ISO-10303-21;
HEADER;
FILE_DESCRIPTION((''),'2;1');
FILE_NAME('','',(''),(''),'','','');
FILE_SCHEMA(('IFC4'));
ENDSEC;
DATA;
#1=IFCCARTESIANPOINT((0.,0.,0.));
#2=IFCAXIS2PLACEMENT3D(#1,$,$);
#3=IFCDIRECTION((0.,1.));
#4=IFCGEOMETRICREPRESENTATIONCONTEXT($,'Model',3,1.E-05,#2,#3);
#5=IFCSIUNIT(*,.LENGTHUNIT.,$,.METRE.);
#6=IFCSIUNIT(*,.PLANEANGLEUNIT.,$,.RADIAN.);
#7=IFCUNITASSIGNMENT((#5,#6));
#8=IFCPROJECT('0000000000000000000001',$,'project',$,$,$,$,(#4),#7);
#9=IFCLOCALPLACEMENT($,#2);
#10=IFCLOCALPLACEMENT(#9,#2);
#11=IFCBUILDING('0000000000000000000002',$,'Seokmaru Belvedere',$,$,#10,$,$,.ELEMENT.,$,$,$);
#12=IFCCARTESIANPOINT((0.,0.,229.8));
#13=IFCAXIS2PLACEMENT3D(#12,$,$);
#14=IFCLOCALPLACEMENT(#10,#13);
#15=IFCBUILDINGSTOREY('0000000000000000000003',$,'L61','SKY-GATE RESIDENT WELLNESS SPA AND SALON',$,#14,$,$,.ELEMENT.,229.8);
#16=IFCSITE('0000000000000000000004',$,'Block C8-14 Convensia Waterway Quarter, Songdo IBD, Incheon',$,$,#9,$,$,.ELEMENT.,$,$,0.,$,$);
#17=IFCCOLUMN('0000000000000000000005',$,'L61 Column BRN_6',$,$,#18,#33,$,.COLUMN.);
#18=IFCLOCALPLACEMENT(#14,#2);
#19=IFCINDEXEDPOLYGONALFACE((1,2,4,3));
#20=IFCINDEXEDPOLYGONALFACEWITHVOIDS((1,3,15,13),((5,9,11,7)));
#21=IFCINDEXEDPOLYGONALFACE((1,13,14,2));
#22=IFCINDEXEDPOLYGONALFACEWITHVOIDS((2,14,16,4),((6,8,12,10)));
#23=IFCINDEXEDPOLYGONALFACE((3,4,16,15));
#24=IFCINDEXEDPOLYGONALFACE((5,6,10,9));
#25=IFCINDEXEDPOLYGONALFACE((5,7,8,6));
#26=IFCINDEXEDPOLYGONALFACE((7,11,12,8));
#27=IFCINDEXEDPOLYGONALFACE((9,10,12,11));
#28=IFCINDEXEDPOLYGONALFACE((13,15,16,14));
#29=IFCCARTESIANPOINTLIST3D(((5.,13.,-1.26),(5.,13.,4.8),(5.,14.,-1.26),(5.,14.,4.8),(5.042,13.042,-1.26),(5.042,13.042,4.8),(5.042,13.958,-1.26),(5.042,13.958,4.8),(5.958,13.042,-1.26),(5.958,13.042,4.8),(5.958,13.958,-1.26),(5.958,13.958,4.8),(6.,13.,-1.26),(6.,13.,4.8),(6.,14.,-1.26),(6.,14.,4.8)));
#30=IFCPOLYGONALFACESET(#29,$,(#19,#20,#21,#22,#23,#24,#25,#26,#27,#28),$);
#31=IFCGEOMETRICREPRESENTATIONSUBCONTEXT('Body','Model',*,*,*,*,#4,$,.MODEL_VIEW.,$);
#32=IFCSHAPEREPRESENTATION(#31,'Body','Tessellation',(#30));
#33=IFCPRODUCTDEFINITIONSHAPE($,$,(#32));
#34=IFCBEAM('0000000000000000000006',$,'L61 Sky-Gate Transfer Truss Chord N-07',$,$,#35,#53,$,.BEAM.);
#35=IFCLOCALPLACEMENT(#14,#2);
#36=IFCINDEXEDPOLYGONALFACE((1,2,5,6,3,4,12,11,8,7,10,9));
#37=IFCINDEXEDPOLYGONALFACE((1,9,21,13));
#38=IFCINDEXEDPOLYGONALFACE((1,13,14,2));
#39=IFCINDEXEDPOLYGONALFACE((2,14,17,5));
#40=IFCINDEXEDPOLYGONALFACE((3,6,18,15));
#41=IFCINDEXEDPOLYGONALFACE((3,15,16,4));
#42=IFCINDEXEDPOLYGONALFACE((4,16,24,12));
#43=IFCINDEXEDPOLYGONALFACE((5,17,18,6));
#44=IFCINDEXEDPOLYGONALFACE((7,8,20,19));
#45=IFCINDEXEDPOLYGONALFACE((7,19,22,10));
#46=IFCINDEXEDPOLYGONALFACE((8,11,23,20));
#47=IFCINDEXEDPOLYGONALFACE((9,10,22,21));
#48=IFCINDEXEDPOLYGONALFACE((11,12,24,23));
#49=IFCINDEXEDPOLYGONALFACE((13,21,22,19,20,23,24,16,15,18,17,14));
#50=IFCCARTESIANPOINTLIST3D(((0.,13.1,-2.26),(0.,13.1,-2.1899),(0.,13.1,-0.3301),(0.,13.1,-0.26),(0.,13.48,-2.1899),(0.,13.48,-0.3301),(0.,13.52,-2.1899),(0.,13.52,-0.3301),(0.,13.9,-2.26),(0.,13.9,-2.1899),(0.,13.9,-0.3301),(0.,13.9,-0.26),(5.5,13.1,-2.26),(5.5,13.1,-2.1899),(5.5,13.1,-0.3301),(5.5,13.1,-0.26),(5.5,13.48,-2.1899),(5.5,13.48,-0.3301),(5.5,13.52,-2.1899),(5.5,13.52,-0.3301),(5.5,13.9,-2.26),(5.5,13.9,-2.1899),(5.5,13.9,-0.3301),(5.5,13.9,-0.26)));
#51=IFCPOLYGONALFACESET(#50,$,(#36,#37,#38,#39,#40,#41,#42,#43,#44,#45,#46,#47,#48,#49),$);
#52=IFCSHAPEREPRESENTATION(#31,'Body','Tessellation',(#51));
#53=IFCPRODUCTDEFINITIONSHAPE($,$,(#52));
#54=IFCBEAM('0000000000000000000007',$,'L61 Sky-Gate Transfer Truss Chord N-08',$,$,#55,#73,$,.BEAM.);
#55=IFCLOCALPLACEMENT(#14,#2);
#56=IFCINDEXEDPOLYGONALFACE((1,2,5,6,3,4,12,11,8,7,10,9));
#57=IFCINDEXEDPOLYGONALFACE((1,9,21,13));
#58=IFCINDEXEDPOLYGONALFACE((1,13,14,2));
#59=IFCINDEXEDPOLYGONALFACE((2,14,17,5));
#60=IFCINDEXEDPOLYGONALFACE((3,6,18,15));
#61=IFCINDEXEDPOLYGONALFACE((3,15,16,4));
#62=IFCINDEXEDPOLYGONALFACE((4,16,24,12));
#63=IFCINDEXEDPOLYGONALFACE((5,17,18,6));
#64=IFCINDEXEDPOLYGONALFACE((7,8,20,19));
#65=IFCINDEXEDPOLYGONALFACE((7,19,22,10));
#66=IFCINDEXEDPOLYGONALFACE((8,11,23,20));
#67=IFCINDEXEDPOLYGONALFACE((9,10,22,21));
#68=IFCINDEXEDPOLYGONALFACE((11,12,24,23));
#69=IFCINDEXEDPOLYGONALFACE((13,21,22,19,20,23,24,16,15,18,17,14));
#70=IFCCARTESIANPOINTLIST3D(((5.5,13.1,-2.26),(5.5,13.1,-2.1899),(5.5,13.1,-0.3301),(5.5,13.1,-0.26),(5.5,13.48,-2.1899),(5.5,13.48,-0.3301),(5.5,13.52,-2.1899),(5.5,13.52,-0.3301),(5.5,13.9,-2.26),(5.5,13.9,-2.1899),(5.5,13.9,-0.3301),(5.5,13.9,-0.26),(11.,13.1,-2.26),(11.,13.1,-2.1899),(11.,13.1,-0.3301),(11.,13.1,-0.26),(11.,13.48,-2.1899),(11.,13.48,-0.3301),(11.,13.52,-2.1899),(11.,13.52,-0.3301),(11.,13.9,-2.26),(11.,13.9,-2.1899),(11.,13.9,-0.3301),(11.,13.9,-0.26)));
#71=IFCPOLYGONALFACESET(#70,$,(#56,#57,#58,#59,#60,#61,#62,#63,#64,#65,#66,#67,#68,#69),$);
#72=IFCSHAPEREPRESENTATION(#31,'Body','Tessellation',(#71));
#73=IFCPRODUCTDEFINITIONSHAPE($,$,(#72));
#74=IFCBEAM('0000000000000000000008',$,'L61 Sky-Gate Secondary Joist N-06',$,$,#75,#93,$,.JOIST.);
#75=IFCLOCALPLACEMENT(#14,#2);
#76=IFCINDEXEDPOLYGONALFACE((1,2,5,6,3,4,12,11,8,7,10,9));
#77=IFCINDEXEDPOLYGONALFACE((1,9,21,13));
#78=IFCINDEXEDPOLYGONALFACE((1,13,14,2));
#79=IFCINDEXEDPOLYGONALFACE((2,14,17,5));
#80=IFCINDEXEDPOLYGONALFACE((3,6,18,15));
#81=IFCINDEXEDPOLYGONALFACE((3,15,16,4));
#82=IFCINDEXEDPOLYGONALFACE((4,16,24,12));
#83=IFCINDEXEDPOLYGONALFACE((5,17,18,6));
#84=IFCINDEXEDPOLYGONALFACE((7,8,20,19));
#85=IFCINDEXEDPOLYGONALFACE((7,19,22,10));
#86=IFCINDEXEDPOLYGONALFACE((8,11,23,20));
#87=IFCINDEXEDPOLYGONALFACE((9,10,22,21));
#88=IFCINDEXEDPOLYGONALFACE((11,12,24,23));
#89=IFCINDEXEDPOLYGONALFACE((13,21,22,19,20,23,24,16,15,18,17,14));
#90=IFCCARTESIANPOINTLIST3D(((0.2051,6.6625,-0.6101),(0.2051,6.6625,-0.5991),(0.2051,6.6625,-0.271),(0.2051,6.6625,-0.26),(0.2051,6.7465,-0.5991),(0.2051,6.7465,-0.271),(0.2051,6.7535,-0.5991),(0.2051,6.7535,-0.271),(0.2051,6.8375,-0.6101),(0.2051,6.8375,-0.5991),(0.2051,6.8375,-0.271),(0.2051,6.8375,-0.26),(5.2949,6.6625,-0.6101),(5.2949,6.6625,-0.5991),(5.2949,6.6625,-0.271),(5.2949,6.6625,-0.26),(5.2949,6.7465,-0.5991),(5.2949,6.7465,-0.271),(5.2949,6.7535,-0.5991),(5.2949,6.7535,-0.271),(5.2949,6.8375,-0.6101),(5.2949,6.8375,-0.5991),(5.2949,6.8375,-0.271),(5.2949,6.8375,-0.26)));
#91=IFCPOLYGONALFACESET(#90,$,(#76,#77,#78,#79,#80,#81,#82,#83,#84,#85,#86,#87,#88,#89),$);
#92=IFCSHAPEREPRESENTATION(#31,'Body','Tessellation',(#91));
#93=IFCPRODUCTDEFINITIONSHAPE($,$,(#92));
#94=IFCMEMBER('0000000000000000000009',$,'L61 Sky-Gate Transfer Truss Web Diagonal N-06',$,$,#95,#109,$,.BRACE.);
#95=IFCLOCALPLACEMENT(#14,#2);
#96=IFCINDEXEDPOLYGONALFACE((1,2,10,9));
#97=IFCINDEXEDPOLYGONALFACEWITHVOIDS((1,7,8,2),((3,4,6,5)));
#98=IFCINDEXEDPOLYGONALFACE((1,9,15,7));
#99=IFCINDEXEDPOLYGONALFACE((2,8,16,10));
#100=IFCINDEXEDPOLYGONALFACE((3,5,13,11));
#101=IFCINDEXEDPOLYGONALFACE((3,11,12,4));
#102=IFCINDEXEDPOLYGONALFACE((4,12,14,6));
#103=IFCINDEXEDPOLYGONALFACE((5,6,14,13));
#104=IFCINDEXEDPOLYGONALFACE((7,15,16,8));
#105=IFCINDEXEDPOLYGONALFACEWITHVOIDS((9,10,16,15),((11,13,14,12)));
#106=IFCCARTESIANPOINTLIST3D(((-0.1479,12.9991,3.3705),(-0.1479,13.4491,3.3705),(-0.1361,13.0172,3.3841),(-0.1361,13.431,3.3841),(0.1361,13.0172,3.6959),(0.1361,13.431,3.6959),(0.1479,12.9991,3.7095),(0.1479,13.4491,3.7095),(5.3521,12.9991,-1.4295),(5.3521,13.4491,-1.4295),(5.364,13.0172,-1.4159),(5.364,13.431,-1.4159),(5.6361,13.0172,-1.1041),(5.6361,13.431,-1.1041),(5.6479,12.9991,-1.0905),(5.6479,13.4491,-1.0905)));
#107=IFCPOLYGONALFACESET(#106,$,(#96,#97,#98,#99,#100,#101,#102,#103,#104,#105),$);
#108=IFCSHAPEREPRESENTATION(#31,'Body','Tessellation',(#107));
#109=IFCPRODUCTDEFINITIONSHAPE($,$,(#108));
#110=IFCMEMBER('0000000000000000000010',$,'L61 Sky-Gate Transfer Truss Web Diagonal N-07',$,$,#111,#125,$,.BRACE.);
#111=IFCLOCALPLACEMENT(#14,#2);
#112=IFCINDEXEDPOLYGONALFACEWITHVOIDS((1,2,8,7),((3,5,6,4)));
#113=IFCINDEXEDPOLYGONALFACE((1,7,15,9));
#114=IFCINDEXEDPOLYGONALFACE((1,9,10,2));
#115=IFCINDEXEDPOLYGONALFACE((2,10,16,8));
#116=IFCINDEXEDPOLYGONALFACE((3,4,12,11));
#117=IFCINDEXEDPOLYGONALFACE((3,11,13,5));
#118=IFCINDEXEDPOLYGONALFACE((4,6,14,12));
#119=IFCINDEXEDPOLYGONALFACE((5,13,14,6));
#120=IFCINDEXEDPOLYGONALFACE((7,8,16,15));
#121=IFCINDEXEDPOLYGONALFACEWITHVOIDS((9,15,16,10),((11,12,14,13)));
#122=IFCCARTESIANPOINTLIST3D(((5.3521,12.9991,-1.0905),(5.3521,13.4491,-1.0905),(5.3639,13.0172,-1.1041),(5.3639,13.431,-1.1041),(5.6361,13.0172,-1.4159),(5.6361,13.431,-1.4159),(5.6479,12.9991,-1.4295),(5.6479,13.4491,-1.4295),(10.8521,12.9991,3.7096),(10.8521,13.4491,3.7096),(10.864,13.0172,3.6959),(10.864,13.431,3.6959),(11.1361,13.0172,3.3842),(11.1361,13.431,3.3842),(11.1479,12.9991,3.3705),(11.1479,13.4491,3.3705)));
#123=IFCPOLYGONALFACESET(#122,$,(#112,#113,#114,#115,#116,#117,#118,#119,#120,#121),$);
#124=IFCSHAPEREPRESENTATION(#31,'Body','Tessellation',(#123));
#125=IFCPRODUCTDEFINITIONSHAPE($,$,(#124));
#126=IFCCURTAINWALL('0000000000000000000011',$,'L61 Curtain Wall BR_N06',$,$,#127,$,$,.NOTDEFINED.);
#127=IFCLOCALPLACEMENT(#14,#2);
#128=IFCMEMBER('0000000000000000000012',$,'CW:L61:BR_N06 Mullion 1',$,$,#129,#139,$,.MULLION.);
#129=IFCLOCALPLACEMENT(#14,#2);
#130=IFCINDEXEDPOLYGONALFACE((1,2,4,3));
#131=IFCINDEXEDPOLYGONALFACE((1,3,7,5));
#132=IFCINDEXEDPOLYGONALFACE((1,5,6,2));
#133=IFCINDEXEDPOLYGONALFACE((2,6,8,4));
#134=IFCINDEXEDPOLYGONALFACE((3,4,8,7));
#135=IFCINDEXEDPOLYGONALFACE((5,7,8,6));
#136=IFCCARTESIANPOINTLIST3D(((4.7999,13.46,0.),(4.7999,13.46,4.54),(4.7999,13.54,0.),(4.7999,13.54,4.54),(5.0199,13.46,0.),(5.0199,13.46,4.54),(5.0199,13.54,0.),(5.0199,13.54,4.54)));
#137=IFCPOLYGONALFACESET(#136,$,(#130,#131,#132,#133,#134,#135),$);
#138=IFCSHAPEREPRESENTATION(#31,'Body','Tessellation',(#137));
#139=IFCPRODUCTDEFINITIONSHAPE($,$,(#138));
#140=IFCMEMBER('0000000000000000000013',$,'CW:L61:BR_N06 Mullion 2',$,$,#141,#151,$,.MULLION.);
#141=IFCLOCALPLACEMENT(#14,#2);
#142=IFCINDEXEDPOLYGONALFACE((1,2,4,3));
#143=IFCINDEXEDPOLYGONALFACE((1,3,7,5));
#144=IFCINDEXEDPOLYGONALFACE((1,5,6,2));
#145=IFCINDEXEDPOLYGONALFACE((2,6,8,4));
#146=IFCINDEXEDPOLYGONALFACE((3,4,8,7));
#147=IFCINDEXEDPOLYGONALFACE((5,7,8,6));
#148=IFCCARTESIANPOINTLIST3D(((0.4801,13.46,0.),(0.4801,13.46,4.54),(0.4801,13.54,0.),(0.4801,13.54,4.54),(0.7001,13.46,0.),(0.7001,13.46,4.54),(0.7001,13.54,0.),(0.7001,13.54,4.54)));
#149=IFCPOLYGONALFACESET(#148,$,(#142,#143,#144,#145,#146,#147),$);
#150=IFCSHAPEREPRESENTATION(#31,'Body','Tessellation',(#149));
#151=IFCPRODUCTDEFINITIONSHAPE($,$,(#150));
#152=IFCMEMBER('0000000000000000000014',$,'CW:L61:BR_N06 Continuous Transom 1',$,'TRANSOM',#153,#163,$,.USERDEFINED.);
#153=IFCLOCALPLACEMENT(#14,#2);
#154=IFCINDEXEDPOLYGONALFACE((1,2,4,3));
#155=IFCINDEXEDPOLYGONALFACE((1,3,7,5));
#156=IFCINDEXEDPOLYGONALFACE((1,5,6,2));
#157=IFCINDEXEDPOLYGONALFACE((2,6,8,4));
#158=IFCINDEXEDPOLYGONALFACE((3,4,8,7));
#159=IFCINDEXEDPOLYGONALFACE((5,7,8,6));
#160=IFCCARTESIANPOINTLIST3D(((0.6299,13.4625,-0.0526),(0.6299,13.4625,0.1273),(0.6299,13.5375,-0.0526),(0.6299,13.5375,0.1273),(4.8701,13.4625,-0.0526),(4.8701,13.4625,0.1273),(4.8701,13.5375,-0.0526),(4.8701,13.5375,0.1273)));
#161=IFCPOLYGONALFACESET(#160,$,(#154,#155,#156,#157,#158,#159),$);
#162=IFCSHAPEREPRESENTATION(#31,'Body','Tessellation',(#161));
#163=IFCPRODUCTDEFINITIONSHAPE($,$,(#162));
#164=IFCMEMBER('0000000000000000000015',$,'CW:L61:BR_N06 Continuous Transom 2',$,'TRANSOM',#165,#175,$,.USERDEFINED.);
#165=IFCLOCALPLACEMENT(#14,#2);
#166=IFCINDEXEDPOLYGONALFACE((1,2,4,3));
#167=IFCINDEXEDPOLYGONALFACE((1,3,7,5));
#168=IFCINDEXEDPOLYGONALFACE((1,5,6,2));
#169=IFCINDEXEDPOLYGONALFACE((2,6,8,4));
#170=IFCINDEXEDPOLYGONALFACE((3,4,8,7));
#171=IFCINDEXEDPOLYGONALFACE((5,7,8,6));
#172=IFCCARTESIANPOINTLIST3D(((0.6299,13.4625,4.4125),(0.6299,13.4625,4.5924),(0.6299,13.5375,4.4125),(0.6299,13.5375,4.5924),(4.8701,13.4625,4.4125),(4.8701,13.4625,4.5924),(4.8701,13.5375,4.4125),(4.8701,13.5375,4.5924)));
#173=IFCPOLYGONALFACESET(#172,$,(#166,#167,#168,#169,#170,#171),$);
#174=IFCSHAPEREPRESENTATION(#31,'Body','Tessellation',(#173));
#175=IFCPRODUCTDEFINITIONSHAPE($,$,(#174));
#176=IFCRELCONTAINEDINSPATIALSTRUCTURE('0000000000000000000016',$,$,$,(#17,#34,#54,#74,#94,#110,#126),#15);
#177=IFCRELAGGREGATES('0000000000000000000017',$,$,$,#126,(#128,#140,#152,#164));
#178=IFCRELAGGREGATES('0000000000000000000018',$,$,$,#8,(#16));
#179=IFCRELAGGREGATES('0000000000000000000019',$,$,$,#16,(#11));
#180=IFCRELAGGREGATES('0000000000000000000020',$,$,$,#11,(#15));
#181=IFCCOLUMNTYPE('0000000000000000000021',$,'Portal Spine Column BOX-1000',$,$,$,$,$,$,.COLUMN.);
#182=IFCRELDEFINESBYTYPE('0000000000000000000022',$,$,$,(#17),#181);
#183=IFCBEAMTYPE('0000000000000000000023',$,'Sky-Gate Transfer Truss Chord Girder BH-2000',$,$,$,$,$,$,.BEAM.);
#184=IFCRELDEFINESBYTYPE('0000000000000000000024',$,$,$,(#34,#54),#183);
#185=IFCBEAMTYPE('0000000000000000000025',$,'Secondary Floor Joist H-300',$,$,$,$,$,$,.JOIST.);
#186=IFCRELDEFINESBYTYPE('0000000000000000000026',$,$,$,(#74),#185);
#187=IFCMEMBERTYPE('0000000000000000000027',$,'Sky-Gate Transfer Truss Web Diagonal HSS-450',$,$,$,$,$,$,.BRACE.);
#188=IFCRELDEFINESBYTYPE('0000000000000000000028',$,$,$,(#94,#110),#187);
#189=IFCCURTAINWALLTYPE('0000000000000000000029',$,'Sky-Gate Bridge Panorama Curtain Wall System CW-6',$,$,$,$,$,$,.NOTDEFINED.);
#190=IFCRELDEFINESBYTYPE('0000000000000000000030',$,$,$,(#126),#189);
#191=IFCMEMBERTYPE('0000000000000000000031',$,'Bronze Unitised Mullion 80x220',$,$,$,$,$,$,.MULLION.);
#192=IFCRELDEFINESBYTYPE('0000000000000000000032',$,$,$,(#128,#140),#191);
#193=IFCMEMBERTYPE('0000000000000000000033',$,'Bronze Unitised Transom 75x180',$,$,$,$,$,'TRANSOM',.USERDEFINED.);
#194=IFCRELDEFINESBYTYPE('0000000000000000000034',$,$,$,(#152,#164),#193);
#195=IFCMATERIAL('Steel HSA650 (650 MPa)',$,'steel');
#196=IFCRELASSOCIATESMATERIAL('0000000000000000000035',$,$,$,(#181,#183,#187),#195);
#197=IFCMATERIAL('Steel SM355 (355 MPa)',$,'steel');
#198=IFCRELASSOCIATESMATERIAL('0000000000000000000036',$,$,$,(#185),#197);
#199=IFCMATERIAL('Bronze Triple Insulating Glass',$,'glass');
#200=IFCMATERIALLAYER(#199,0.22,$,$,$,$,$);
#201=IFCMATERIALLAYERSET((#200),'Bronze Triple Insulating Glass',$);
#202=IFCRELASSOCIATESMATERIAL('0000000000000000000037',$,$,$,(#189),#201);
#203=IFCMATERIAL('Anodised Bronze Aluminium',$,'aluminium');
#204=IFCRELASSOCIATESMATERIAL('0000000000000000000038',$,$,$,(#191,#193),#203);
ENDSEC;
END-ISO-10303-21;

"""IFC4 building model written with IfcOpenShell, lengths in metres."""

from ifc_helpers import new_model, si_unit, direction, frame, origin, origin_2d, place, context, subcontext, project, spatial, rectangle, hollow_rectangle, i_section, extrude, source, transform, mapped, material, layer, layer_set, material_profile, profile_set, type_object, type_shapes, element, aggregate, save


model = new_model("IFC4")

# Units and contexts
model_context = context("Model", 3, precision=1e-05, world=origin(), true_north=direction((0.0, 1.0)))
body_context = subcontext(model_context, "Body", "Model", "MODEL_VIEW")
ifc_project = project(units=[si_unit("LENGTHUNIT", "METRE"), si_unit("PLANEANGLEUNIT", "RADIAN")], contexts=[model_context])

# Site, building, storey
site_placement = place(None, origin())
site = spatial("IfcSite", under=ifc_project, at=site_placement, Name="Block C8-14 Convensia Waterway Quarter, Songdo IBD, Incheon", CompositionType="ELEMENT", RefElevation=0.0)
building_placement = place(site_placement, origin())
building = spatial("IfcBuilding", under=site, at=building_placement, Name="Seokmaru Belvedere", CompositionType="ELEMENT")
storey_placement = place(building_placement, frame((0.0, 0.0, 229.8)))
storey = spatial("IfcBuildingStorey", under=building, at=storey_placement, Name="L61", Description="SKY-GATE RESIDENT WELLNESS SPA AND SALON", CompositionType="ELEMENT", Elevation=229.8)

# Column
ifc_material_1 = material(Name="Steel HSA650 (650 MPa)", Category="steel")
ifc_material_profile_1 = material_profile(ifc_material_1, hollow_rectangle(XDim=1.0, YDim=1.0, WallThickness=0.042, at=origin_2d()), Name="BOX-1000x1000x42")
ifc_profile_set_1 = profile_set([ifc_material_profile_1], Name="Steel HSA650 (650 MPa)")
column_type = type_object("IfcColumnType", Name="Portal Spine Column BOX-1000", PredefinedType="COLUMN", material=ifc_profile_set_1)
shared_shape_1 = source(origin(), body_context, "Body", "SweptSolid", [
    extrude(hollow_rectangle(XDim=1.0, YDim=1.0, WallThickness=0.042, at=origin_2d()), origin(), (0.0, 0.0, 1.0), 6.0601),
])
type_shapes(column_type, [shared_shape_1])
column_placement = place(storey_placement, frame((5.5, 13.5, -1.26), z_axis=(0.0, 0.0, 1.0), x_axis=(1.0, 0.0, 0.0)))
element("IfcColumn", 1, at=column_placement, inside=storey, type_object=column_type, Name="L61 Column BRN_6", PredefinedType="COLUMN", context=body_context, shape_type="MappedRepresentation", body=[
    mapped(shared_shape_1, transform((0.0, 0.0, 0.0), scale=1.0)),
])

# Beams
ifc_material_profile_2 = material_profile(ifc_material_1, i_section(OverallWidth=0.8, OverallDepth=2.0, WebThickness=0.04, FlangeThickness=0.0701, at=origin_2d()), Name="BH-2000x800x40x70")
ifc_profile_set_2 = profile_set([ifc_material_profile_2], Name="Steel HSA650 (650 MPa)")
beam_type_1 = type_object("IfcBeamType", Name="Sky-Gate Transfer Truss Chord Girder BH-2000", PredefinedType="BEAM", material=ifc_profile_set_2)
shared_shape_2 = source(origin(), body_context, "Body", "SweptSolid", [
    extrude(i_section(OverallWidth=0.8, OverallDepth=2.0, WebThickness=0.04, FlangeThickness=0.0701, at=origin_2d()), origin(), (0.0, 0.0, 1.0), 5.5),
])
type_shapes(beam_type_1, [shared_shape_2])
for number, where, z_axis, x_axis, name in (
    (2, (0.0, 13.5, -1.26), (1.0, 0.0, 0.0), (0.0, 1.0, 0.0), "L61 Sky-Gate Transfer Truss Chord N-07"),
    (3, (5.5, 13.5, -1.26), (1.0, 0.0, 0.0), (0.0, 1.0, 0.0), "L61 Sky-Gate Transfer Truss Chord N-08"),
):
    element("IfcBeam", number, at=place(storey_placement, frame(where, z_axis=z_axis, x_axis=x_axis)), inside=storey, type_object=beam_type_1, Name=name, PredefinedType="BEAM", context=body_context, shape_type="MappedRepresentation", body=[
        mapped(shared_shape_2, transform((0.0, 0.0, 0.0), scale=1.0)),
    ])
ifc_material_2 = material(Name="Steel SM355 (355 MPa)", Category="steel")
ifc_material_profile_3 = material_profile(ifc_material_2, i_section(OverallWidth=0.175, OverallDepth=0.3501, WebThickness=0.0071, FlangeThickness=0.011, at=origin_2d()), Name="H-350x175x7x11")
ifc_profile_set_3 = profile_set([ifc_material_profile_3], Name="Steel SM355 (355 MPa)")
beam_type_2 = type_object("IfcBeamType", Name="Secondary Floor Joist H-300", PredefinedType="JOIST", material=ifc_profile_set_3)
shared_shape_3 = source(origin(), body_context, "Body", "SweptSolid", [
    extrude(i_section(OverallWidth=0.175, OverallDepth=0.3501, WebThickness=0.0071, FlangeThickness=0.011, at=origin_2d()), origin(), (0.0, 0.0, 1.0), 5.0898),
])
type_shapes(beam_type_2, [shared_shape_3])
beam_placement = place(storey_placement, frame((0.2051, 6.75, -0.4351), z_axis=(1.0, 0.0, 0.0), x_axis=(0.0, 1.0, 0.0)))
element("IfcBeam", 4, at=beam_placement, inside=storey, type_object=beam_type_2, Name="L61 Sky-Gate Secondary Joist N-06", PredefinedType="JOIST", context=body_context, shape_type="MappedRepresentation", body=[
    mapped(shared_shape_3, transform((0.0, 0.0, 0.0), scale=1.0)),
])

# Members
ifc_material_profile_4 = material_profile(ifc_material_1, hollow_rectangle(XDim=0.45, YDim=0.45, WallThickness=0.0181, at=origin_2d()), Name="HSS-450x450x18")
ifc_profile_set_4 = profile_set([ifc_material_profile_4], Name="Steel HSA650 (650 MPa)")
member_type_1 = type_object("IfcMemberType", Name="Sky-Gate Transfer Truss Web Diagonal HSS-450", PredefinedType="BRACE", material=ifc_profile_set_4)
shared_shape_4 = source(origin(), body_context, "Body", "SweptSolid", [
    extrude(hollow_rectangle(XDim=0.45, YDim=0.45, WallThickness=0.0181, at=origin_2d()), origin(), (0.0, 0.0, 1.0), 7.3),
])
type_shapes(member_type_1, [shared_shape_4])
for number, where, z_axis, x_axis, name in (
    (5, (0.0, 13.2241, 3.54), (0.753421, 0.0, -0.657538), (0.0, 1.0, 0.0), "L61 Sky-Gate Transfer Truss Web Diagonal N-06"),
    (6, (5.5, 13.2241, -1.26), (0.753421, 0.0, 0.657538), (0.0, 1.0, 0.0), "L61 Sky-Gate Transfer Truss Web Diagonal N-07"),
):
    element("IfcMember", number, at=place(storey_placement, frame(where, z_axis=z_axis, x_axis=x_axis)), inside=storey, type_object=member_type_1, Name=name, PredefinedType="BRACE", context=body_context, shape_type="MappedRepresentation", body=[
        mapped(shared_shape_4, transform((0.0, 0.0, 0.0), scale=1.0)),
    ])

# Curtain wall, members
ifc_material_3 = material(Name="Bronze Triple Insulating Glass", Category="glass")
ifc_layer_1 = layer(ifc_material_3, 0.22)
ifc_layer_set_1 = layer_set([ifc_layer_1], Name="Bronze Triple Insulating Glass")
curtain_wall_type = type_object("IfcCurtainWallType", Name="Sky-Gate Bridge Panorama Curtain Wall System CW-6", PredefinedType="NOTDEFINED", material=ifc_layer_set_1)
curtain_wall_placement = place(storey_placement, origin())
curtain_wall = element("IfcCurtainWall", 7, at=curtain_wall_placement, inside=storey, type_object=curtain_wall_type, Name="L61 Curtain Wall BR_N06", PredefinedType="NOTDEFINED")
ifc_material_4 = material(Name="Anodised Bronze Aluminium", Category="aluminium")
ifc_material_profile_5 = material_profile(ifc_material_4, rectangle(XDim=0.0801, YDim=0.22, at=origin_2d()), Name="CW-M-80x220")
ifc_profile_set_5 = profile_set([ifc_material_profile_5], Name="Anodised Bronze Aluminium")
member_type_2 = type_object("IfcMemberType", Name="Bronze Unitised Mullion 80x220", PredefinedType="MULLION", material=ifc_profile_set_5)
shared_shape_5 = source(origin(), body_context, "Body", "SweptSolid", [
    extrude(rectangle(XDim=0.0801, YDim=0.22, at=origin_2d()), origin(), (0.0, 0.0, 1.0), 4.54),
])
type_shapes(member_type_2, [shared_shape_5])
member_1_placement = place(storey_placement, frame((4.9099, 13.5, 0.0), z_axis=(0.0, 0.0, 1.0), x_axis=(0.0, -1.0, 0.0)))
member_1 = element("IfcMember", 8, at=member_1_placement, type_object=member_type_2, Name="CW:L61:BR_N06 Mullion 1", PredefinedType="MULLION", context=body_context, shape_type="MappedRepresentation", body=[
    mapped(shared_shape_5, transform((0.0, 0.0, 0.0), scale=1.0)),
])
member_2_placement = place(storey_placement, frame((0.5901, 13.5, 0.0), z_axis=(0.0, 0.0, 1.0), x_axis=(0.0, -1.0, 0.0)))
member_2 = element("IfcMember", 9, at=member_2_placement, type_object=member_type_2, Name="CW:L61:BR_N06 Mullion 2", PredefinedType="MULLION", context=body_context, shape_type="MappedRepresentation", body=[
    mapped(shared_shape_5, transform((0.0, 0.0, 0.0), scale=1.0)),
])
ifc_material_profile_6 = material_profile(ifc_material_4, rectangle(XDim=0.075, YDim=0.1799, at=origin_2d()), Name="CW-T-75x180")
ifc_profile_set_6 = profile_set([ifc_material_profile_6], Name="Anodised Bronze Aluminium")
member_type_3 = type_object("IfcMemberType", Name="Bronze Unitised Transom 75x180", ElementType="TRANSOM", PredefinedType="USERDEFINED", material=ifc_profile_set_6)
shared_shape_6 = source(origin(), body_context, "Body", "SweptSolid", [
    extrude(rectangle(XDim=0.075, YDim=0.1799, at=origin_2d()), origin(), (0.0, 0.0, 1.0), 4.2402),
])
type_shapes(member_type_3, [shared_shape_6])
member_3_placement = place(storey_placement, frame((4.8701, 13.5, 0.0374), z_axis=(-1.0, 0.0, 0.0), x_axis=(0.0, -1.0, 0.0)))
member_3 = element("IfcMember", 10, at=member_3_placement, type_object=member_type_3, Name="CW:L61:BR_N06 Continuous Transom 1", ObjectType="TRANSOM", PredefinedType="USERDEFINED", context=body_context, shape_type="MappedRepresentation", body=[
    mapped(shared_shape_6, transform((0.0, 0.0, 0.0), scale=1.0)),
])
member_4_placement = place(storey_placement, frame((4.8701, 13.5, 4.5024), z_axis=(-1.0, 0.0, 0.0), x_axis=(0.0, -1.0, 0.0)))
member_4 = element("IfcMember", 11, at=member_4_placement, type_object=member_type_3, Name="CW:L61:BR_N06 Continuous Transom 2", ObjectType="TRANSOM", PredefinedType="USERDEFINED", context=body_context, shape_type="MappedRepresentation", body=[
    mapped(shared_shape_6, transform((0.0, 0.0, 0.0), scale=1.0)),
])

aggregate(curtain_wall, [member_1, member_2, member_3, member_4])

save(model, "model.ifc")
